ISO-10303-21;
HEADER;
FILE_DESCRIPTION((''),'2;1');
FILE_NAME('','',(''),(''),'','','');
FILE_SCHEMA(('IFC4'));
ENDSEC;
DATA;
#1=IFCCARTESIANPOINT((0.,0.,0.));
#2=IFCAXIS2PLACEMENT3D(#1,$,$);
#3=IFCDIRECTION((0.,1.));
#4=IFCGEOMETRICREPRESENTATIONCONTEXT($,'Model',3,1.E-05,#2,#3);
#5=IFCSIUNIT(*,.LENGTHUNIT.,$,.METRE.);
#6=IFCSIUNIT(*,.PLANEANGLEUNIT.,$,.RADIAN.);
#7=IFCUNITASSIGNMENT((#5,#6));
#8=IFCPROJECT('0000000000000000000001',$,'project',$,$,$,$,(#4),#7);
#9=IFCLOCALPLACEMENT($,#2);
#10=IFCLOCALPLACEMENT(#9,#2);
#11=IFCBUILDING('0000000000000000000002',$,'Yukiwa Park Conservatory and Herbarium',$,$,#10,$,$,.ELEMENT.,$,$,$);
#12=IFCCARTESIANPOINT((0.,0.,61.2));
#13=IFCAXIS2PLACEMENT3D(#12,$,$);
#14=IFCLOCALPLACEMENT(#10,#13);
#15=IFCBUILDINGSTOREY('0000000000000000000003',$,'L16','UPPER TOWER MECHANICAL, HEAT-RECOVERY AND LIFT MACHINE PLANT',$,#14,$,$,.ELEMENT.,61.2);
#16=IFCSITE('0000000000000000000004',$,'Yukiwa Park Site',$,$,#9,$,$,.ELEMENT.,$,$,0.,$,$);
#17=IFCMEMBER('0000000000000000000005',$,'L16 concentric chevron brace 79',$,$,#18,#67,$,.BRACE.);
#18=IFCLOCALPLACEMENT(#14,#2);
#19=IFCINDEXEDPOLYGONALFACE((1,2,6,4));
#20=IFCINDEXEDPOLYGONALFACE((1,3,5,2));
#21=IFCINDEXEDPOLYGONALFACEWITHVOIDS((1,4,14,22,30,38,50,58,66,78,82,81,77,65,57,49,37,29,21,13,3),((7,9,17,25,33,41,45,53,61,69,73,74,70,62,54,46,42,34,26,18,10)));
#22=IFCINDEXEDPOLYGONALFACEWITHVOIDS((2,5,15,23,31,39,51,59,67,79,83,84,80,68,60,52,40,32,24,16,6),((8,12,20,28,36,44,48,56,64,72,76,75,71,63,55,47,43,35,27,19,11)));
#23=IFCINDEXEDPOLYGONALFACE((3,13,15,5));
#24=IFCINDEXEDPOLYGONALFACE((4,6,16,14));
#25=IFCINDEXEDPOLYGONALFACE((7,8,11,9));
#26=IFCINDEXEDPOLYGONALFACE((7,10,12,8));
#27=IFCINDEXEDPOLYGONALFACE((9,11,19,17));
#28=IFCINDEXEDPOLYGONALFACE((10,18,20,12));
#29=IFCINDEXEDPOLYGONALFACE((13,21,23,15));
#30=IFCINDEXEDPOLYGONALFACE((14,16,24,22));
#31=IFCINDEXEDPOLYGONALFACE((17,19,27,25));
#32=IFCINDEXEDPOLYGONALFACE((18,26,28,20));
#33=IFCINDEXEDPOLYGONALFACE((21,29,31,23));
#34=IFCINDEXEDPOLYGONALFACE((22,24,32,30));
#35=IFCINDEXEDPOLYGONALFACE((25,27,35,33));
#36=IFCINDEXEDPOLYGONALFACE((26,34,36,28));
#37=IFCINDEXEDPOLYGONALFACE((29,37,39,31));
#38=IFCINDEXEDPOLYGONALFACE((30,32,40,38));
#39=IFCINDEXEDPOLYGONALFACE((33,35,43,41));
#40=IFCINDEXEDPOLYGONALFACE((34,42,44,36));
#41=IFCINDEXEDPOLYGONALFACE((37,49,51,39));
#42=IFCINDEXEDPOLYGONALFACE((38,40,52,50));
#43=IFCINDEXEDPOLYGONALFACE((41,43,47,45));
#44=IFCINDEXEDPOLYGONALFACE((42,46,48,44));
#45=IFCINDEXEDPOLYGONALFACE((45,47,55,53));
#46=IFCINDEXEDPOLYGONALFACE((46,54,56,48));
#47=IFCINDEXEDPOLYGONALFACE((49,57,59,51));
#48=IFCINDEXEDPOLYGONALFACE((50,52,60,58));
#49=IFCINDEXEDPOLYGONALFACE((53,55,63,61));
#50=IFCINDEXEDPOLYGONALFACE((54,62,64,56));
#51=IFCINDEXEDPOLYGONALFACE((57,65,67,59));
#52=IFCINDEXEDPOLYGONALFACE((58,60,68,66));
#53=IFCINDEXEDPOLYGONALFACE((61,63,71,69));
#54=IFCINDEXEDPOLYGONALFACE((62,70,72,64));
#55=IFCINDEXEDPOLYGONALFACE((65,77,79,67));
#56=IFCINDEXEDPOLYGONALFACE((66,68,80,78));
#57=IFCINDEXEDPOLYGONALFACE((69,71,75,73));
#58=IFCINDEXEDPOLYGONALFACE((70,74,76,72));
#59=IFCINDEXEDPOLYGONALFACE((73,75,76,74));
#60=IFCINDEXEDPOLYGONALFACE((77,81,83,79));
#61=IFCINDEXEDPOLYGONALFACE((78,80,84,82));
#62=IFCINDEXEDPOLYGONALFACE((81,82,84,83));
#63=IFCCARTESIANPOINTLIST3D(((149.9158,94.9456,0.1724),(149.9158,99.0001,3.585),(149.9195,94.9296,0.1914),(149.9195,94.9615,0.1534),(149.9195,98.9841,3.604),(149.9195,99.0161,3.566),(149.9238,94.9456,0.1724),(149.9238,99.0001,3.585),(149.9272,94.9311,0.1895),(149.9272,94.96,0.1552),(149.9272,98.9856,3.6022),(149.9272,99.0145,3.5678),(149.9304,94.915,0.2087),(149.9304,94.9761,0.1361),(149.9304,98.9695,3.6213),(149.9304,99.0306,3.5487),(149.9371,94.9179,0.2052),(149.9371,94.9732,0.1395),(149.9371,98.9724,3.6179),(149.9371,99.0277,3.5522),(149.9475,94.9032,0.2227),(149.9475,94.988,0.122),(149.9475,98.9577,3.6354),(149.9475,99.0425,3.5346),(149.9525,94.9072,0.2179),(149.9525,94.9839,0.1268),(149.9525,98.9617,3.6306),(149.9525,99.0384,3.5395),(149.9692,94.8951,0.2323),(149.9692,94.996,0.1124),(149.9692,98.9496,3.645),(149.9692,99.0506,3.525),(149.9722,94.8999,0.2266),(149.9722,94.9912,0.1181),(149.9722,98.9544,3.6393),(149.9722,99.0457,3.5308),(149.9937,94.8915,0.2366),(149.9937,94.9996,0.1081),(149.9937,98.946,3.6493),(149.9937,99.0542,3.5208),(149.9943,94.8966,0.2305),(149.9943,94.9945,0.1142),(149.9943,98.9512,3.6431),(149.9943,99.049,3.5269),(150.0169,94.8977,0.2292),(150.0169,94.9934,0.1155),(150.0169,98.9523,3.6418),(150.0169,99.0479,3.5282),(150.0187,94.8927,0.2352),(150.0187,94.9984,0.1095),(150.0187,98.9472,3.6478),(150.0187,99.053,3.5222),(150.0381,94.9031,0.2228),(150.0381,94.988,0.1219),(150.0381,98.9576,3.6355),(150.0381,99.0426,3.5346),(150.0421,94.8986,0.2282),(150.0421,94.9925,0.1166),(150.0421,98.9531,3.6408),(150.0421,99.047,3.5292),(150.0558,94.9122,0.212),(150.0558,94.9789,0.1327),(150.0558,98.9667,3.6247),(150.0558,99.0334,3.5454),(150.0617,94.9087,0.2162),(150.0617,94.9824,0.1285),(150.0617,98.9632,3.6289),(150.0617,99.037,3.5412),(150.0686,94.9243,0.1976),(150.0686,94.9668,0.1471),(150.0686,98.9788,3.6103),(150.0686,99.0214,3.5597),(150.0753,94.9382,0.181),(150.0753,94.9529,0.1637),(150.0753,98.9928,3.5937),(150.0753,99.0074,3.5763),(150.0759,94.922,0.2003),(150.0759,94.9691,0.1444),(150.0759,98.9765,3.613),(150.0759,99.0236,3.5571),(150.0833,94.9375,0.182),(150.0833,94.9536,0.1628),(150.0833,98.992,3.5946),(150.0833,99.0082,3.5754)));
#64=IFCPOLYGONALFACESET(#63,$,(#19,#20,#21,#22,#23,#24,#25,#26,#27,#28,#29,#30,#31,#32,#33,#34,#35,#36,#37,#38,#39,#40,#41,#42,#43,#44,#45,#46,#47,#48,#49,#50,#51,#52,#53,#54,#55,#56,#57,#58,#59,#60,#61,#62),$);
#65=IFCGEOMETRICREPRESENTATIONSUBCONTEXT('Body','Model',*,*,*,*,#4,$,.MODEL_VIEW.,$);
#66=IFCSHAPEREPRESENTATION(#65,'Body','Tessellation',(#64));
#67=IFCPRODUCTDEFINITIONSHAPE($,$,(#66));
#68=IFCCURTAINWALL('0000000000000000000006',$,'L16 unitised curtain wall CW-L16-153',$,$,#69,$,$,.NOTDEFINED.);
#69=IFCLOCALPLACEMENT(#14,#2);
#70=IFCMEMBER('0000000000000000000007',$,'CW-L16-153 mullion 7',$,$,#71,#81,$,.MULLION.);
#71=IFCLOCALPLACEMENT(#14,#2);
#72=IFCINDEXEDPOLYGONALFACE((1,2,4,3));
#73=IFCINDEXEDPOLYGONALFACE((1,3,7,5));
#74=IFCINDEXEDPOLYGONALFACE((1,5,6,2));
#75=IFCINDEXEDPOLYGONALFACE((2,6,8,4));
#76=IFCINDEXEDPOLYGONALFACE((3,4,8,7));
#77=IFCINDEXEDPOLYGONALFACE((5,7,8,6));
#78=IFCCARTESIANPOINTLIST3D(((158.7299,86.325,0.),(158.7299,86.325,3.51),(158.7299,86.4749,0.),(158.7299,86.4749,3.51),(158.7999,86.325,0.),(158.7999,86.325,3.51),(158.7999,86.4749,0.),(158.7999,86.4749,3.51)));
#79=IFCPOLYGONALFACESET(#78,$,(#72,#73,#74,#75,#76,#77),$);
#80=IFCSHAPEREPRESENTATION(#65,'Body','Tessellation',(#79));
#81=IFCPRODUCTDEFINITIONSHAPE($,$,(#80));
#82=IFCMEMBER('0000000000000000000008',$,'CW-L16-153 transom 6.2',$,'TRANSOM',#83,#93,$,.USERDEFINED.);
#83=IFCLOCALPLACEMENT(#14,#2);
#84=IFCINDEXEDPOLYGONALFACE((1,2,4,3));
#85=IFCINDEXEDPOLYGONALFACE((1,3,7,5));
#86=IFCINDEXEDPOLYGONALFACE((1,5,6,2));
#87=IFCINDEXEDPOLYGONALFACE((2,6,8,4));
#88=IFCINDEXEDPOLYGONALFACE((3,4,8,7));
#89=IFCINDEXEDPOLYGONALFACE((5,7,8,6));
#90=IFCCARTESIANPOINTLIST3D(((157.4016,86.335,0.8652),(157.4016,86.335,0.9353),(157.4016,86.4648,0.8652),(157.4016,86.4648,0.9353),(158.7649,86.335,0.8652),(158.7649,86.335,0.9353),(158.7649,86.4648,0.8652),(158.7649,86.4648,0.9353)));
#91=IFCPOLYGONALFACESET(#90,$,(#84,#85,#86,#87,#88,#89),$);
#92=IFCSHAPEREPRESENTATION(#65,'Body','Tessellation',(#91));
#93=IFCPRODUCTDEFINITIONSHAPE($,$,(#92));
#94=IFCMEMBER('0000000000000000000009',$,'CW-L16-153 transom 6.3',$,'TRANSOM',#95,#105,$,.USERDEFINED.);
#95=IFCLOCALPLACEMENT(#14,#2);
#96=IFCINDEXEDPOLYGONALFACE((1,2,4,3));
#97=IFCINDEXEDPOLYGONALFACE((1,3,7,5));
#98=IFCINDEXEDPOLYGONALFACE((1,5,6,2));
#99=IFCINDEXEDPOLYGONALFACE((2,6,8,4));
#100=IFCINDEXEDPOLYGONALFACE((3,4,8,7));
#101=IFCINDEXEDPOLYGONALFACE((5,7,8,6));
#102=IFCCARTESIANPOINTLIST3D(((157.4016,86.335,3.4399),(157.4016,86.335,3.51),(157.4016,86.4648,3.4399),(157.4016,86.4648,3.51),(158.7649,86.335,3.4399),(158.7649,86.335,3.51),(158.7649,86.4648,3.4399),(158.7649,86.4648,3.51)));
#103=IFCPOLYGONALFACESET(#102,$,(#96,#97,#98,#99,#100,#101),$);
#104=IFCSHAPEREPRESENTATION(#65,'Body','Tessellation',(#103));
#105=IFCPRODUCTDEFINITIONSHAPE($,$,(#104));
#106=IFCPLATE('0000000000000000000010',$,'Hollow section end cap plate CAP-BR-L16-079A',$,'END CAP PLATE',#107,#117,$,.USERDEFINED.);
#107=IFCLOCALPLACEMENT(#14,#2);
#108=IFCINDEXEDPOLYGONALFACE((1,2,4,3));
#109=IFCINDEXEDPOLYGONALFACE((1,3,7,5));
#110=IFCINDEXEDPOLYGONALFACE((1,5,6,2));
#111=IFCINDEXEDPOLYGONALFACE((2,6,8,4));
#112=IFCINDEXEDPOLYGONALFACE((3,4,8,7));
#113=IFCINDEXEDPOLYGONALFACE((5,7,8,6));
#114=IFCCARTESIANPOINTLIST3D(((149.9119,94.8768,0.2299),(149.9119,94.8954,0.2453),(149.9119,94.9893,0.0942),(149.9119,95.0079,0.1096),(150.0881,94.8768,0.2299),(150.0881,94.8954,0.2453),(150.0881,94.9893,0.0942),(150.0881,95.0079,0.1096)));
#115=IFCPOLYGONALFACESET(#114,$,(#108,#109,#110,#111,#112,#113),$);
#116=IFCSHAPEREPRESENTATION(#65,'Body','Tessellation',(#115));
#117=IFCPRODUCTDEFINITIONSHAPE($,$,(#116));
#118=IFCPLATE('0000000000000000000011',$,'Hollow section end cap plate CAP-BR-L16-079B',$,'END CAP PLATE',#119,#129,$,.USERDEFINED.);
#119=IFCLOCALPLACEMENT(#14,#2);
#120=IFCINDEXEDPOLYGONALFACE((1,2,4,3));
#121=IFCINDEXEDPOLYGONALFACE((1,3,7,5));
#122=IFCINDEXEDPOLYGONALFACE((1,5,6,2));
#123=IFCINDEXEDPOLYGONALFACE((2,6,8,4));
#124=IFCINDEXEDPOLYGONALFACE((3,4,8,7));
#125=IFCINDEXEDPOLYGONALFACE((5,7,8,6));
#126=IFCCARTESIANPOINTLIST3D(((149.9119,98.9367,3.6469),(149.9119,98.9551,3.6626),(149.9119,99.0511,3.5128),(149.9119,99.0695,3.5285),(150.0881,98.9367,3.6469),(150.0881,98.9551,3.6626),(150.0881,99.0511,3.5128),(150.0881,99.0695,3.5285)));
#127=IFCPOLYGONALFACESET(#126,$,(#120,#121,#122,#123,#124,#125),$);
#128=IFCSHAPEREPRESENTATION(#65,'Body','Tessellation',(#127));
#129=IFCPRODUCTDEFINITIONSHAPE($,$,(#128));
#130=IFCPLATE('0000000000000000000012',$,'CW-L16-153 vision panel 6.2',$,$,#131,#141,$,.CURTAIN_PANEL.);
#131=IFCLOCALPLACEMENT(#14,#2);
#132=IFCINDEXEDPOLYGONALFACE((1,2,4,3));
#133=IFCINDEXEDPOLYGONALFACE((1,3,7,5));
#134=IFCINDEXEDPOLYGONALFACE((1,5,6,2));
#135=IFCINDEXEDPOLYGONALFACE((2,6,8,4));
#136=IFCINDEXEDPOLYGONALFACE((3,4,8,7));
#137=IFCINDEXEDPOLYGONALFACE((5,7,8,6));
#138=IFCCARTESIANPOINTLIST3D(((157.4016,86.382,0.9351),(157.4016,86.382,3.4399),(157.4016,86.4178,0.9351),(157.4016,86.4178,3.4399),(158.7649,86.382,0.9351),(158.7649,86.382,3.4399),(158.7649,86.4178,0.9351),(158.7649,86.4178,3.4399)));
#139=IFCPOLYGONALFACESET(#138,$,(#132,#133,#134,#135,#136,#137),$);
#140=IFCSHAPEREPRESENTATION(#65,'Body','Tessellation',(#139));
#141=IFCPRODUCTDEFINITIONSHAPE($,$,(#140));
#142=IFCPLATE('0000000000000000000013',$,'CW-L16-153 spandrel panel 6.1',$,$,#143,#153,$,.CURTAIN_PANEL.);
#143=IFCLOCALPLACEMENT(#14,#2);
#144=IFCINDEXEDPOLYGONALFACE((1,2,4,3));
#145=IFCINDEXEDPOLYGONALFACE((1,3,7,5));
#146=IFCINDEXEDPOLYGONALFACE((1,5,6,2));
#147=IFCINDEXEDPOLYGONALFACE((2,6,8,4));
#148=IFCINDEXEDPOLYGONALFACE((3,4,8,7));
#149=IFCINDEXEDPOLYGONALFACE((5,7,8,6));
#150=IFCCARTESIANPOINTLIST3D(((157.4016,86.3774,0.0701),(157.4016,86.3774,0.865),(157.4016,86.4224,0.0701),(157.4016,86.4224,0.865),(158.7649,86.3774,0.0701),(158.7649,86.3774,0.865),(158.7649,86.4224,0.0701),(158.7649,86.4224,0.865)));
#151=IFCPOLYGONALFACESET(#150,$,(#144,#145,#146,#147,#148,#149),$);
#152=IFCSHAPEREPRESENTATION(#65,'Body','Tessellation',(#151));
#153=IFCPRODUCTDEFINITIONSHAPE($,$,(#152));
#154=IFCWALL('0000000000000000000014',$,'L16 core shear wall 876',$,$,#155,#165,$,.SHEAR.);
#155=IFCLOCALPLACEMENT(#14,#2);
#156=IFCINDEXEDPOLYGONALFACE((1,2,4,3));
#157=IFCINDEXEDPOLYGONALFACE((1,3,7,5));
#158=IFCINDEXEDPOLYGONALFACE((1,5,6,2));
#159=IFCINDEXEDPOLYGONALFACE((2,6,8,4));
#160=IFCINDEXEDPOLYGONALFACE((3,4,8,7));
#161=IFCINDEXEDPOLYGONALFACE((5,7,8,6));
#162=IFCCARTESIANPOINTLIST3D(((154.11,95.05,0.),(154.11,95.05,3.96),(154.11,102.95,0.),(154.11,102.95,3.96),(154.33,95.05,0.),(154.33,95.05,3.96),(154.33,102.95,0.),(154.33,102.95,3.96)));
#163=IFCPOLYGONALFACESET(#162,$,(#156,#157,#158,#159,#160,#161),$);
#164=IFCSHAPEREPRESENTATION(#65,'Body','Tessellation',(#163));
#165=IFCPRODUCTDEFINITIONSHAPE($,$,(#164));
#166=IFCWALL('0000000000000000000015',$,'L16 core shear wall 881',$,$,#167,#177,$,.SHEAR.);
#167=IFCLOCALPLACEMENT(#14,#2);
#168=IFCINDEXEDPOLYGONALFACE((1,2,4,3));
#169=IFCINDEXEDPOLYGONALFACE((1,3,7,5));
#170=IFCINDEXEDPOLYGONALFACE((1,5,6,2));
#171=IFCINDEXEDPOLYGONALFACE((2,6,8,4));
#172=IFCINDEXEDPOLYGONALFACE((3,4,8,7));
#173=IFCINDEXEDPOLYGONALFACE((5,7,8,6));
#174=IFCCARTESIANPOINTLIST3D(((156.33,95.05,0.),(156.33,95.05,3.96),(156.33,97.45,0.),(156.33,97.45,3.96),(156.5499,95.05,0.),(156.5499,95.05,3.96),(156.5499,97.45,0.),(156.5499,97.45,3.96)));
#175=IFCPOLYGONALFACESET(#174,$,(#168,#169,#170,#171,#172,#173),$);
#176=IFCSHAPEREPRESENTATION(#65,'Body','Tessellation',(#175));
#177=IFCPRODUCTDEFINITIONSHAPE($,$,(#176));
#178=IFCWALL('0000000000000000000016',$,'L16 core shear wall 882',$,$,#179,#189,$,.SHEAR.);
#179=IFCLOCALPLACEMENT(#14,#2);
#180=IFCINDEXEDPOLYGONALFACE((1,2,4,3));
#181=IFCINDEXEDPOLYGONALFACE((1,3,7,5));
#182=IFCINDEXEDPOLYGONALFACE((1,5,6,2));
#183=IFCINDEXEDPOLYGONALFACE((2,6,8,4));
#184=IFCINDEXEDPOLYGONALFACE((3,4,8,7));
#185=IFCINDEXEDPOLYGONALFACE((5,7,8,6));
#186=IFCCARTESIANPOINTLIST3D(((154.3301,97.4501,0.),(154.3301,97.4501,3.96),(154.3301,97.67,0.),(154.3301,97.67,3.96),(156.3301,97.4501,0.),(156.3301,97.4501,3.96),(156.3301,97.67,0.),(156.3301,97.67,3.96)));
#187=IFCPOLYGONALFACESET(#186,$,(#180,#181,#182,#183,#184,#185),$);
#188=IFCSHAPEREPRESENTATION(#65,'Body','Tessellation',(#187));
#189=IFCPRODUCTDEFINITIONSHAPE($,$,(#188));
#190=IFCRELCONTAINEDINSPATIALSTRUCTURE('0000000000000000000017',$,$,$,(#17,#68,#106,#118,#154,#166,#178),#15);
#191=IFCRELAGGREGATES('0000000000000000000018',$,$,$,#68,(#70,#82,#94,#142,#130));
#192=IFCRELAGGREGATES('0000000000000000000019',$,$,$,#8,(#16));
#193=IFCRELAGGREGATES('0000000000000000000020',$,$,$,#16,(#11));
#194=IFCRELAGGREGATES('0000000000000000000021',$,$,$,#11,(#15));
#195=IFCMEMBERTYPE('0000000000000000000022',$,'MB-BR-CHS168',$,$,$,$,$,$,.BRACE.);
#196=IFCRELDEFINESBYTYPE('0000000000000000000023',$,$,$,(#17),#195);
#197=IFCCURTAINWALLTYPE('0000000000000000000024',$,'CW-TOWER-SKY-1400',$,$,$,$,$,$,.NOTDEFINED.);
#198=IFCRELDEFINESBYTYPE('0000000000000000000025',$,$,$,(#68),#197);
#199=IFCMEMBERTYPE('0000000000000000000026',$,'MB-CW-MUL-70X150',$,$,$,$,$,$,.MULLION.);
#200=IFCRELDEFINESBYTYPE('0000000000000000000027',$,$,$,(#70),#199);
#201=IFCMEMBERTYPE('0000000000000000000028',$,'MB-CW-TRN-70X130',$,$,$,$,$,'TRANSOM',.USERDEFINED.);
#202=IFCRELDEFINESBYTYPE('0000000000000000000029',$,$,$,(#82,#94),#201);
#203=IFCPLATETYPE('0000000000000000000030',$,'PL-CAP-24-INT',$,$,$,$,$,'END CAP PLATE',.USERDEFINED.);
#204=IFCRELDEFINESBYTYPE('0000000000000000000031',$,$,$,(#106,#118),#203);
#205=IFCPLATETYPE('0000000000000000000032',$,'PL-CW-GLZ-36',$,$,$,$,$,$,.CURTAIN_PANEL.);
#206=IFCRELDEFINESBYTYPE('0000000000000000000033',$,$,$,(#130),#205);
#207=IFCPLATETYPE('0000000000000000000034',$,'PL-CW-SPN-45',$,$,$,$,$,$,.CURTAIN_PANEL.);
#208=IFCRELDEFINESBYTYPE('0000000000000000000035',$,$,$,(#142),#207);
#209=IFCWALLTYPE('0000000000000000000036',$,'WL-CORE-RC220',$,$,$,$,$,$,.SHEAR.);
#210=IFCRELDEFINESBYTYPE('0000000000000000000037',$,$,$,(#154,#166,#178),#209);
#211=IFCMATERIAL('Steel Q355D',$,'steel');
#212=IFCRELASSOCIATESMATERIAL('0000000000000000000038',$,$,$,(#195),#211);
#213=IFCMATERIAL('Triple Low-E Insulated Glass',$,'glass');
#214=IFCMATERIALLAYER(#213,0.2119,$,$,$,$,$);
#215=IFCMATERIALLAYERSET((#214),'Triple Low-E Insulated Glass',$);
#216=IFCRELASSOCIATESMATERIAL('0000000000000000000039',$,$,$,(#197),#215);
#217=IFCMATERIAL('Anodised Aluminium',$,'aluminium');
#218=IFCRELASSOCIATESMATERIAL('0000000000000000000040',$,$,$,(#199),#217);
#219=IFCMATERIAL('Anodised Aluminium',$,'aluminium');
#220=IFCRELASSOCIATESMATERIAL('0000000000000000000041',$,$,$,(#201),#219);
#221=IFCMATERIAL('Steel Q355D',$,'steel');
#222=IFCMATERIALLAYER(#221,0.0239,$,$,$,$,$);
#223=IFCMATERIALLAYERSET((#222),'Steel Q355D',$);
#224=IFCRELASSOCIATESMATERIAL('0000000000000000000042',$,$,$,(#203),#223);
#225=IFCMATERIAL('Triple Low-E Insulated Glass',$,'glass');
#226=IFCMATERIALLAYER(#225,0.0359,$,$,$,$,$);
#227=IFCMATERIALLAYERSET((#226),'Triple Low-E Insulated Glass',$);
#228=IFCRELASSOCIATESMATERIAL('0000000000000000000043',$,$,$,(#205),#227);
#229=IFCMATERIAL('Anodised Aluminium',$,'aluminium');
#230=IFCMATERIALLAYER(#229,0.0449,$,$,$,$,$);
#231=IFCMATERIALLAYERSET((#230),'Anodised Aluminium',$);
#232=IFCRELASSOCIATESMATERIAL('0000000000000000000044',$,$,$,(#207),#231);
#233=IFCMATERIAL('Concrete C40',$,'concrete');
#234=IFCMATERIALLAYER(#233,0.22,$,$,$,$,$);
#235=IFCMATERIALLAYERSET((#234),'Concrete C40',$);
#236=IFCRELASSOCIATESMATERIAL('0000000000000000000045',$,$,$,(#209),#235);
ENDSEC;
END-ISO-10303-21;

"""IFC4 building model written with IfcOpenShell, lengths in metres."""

from ifc_helpers import new_model, si_unit, direction, frame, frame_2d, origin, origin_2d, place, context, subcontext, project, spatial, rectangle, hollow_circle, extrude, material, layer, layer_set, material_profile, profile_set, type_object, element, aggregate, save


model = new_model("IFC4")

# Units and contexts
model_context = context("Model", 3, precision=1e-05, world=origin(), true_north=direction((0.0, 1.0)))
body_context = subcontext(model_context, "Body", "Model", "MODEL_VIEW")
ifc_project = project(units=[si_unit("LENGTHUNIT", "METRE"), si_unit("PLANEANGLEUNIT", "RADIAN")], contexts=[model_context])

# Site, building, storey
site_placement = place(None, origin())
site = spatial("IfcSite", under=ifc_project, at=site_placement, Name="Yukiwa Park Site", CompositionType="ELEMENT", RefElevation=0.0)
building_placement = place(site_placement, origin())
building = spatial("IfcBuilding", under=site, at=building_placement, Name="Yukiwa Park Conservatory and Herbarium", CompositionType="ELEMENT")
storey_placement = place(building_placement, frame((0.0, 0.0, 61.2)))
storey = spatial("IfcBuildingStorey", under=building, at=storey_placement, Name="L16", Description="UPPER TOWER MECHANICAL, HEAT-RECOVERY AND LIFT MACHINE PLANT", CompositionType="ELEMENT", Elevation=61.2)

# Member
ifc_material_1 = material(Name="Steel Q355D", Category="steel")
ifc_material_profile_1 = material_profile(ifc_material_1, hollow_circle(Radius=0.0842, WallThickness=0.0081, at=origin_2d()), Name="CHS 168.3x8")
ifc_profile_set_1 = profile_set([ifc_material_profile_1], Name="Steel Q355D")
member_type_1 = type_object("IfcMemberType", Name="MB-BR-CHS168", PredefinedType="BRACE", material=ifc_profile_set_1)
member_1_placement = place(storey_placement, frame((150.0, 94.9456, 0.1724), z_axis=(0.0, 0.765066, 0.643951), x_axis=(-1.0, 0.0, 0.0)))
element("IfcMember", 1, at=member_1_placement, inside=storey, type_object=member_type_1, Name="L16 concentric chevron brace 79", PredefinedType="BRACE", context=body_context, shape_type="SweptSolid", body=[
    extrude(hollow_circle(Radius=0.0842, WallThickness=0.0081, at=origin_2d()), origin(), (0.0, 0.0, 1.0), 5.2996),
])

# Curtain wall, members
ifc_material_2 = material(Name="Triple Low-E Insulated Glass", Category="glass")
ifc_layer_1 = layer(ifc_material_2, 0.2119)
ifc_layer_set_1 = layer_set([ifc_layer_1], Name="Triple Low-E Insulated Glass")
curtain_wall_type = type_object("IfcCurtainWallType", Name="CW-TOWER-SKY-1400", PredefinedType="NOTDEFINED", material=ifc_layer_set_1)
curtain_wall_placement = place(storey_placement, origin())
curtain_wall = element("IfcCurtainWall", 2, at=curtain_wall_placement, inside=storey, type_object=curtain_wall_type, Name="L16 unitised curtain wall CW-L16-153", PredefinedType="NOTDEFINED")
ifc_material_3 = material(Name="Anodised Aluminium", Category="aluminium")
member_type_2 = type_object("IfcMemberType", Name="MB-CW-MUL-70X150", PredefinedType="MULLION", material=ifc_material_3)
member_2_placement = place(storey_placement, frame((158.7649, 86.3999, 0.0), z_axis=(0.0, 0.0, 1.0), x_axis=(1.0, 0.0, 0.0)))
member_2 = element("IfcMember", 3, at=member_2_placement, type_object=member_type_2, Name="CW-L16-153 mullion 7", PredefinedType="MULLION", context=body_context, shape_type="SweptSolid", body=[
    extrude(rectangle(XDim=0.0701, YDim=0.1499, at=origin_2d()), origin(), (0.0, 0.0, 1.0), 3.51),
])
ifc_material_4 = material(Name="Anodised Aluminium", Category="aluminium")
member_type_3 = type_object("IfcMemberType", Name="MB-CW-TRN-70X130", ElementType="TRANSOM", PredefinedType="USERDEFINED", material=ifc_material_4)
member_3_placement = place(storey_placement, frame((158.0833, 86.3999, 0.8652), z_axis=(0.0, 0.0, 1.0), x_axis=(1.0, 0.0, 0.0)))
member_3 = element("IfcMember", 4, at=member_3_placement, type_object=member_type_3, Name="CW-L16-153 transom 6.2", ObjectType="TRANSOM", PredefinedType="USERDEFINED", context=body_context, shape_type="SweptSolid", body=[
    extrude(rectangle(XDim=1.3633, YDim=0.1299, at=origin_2d()), origin(), (0.0, 0.0, 1.0), 0.0701),
])
member_4_placement = place(storey_placement, frame((158.0833, 86.3999, 3.4399), z_axis=(0.0, 0.0, 1.0), x_axis=(1.0, 0.0, 0.0)))
member_4 = element("IfcMember", 5, at=member_4_placement, type_object=member_type_3, Name="CW-L16-153 transom 6.3", ObjectType="TRANSOM", PredefinedType="USERDEFINED", context=body_context, shape_type="SweptSolid", body=[
    extrude(rectangle(XDim=1.3633, YDim=0.1299, at=origin_2d()), origin(), (0.0, 0.0, 1.0), 0.0701),
])

# Plates
ifc_material_5 = material(Name="Steel Q355D", Category="steel")
ifc_layer_2 = layer(ifc_material_5, 0.0239)
ifc_layer_set_2 = layer_set([ifc_layer_2], Name="Steel Q355D")
plate_type_1 = type_object("IfcPlateType", Name="PL-CAP-24-INT", ElementType="END CAP PLATE", PredefinedType="USERDEFINED", material=ifc_layer_set_2)
for number, where, z_axis, x_axis, name in (
    (6, (150.0, 94.9517, 0.1775), (0.0, -0.769879, -0.638189), (1.0, 0.0, 0.0), "Hollow section end cap plate CAP-BR-L16-079A"),
    (7, (150.0, 98.9939, 3.5798), (0.0, 0.760687, 0.649119), (-1.0, 0.0, 0.0), "Hollow section end cap plate CAP-BR-L16-079B"),
):
    element("IfcPlate", number, at=place(storey_placement, frame(where, z_axis=z_axis, x_axis=x_axis)), inside=storey, type_object=plate_type_1, Name=name, ObjectType="END CAP PLATE", PredefinedType="USERDEFINED", context=body_context, shape_type="SweptSolid", body=[
        extrude(rectangle(XDim=0.1763, YDim=0.1763, at=origin_2d()), origin(), (0.0, 0.0, 1.0), 0.0242),
    ])

# Plates
ifc_material_6 = material(Name="Triple Low-E Insulated Glass", Category="glass")
ifc_layer_3 = layer(ifc_material_6, 0.0359)
ifc_layer_set_3 = layer_set([ifc_layer_3], Name="Triple Low-E Insulated Glass")
plate_type_2 = type_object("IfcPlateType", Name="PL-CW-GLZ-36", PredefinedType="CURTAIN_PANEL", material=ifc_layer_set_3)
plate_1_placement = place(storey_placement, frame((158.0833, 86.3999, 0.9351), z_axis=(0.0, 0.0, 1.0), x_axis=(1.0, 0.0, 0.0)))
plate_1 = element("IfcPlate", 8, at=plate_1_placement, type_object=plate_type_2, Name="CW-L16-153 vision panel 6.2", PredefinedType="CURTAIN_PANEL", context=body_context, shape_type="SweptSolid", body=[
    extrude(rectangle(XDim=1.3633, YDim=0.0359, at=origin_2d()), origin(), (0.0, 0.0, 1.0), 2.5049),
])
ifc_material_7 = material(Name="Anodised Aluminium", Category="aluminium")
ifc_layer_4 = layer(ifc_material_7, 0.0449)
ifc_layer_set_4 = layer_set([ifc_layer_4], Name="Anodised Aluminium")
plate_type_3 = type_object("IfcPlateType", Name="PL-CW-SPN-45", PredefinedType="CURTAIN_PANEL", material=ifc_layer_set_4)
plate_2_placement = place(storey_placement, frame((158.0833, 86.3999, 0.0701), z_axis=(0.0, 0.0, 1.0), x_axis=(1.0, 0.0, 0.0)))
plate_2 = element("IfcPlate", 9, at=plate_2_placement, type_object=plate_type_3, Name="CW-L16-153 spandrel panel 6.1", PredefinedType="CURTAIN_PANEL", context=body_context, shape_type="SweptSolid", body=[
    extrude(rectangle(XDim=1.3633, YDim=0.0449, at=origin_2d()), origin(), (0.0, 0.0, 1.0), 0.7949),
])
aggregate(curtain_wall, [member_2, member_3, member_4, plate_2, plate_1])

# Walls
ifc_material_8 = material(Name="Concrete C40", Category="concrete")
ifc_layer_5 = layer(ifc_material_8, 0.22)
ifc_layer_set_5 = layer_set([ifc_layer_5], Name="Concrete C40")
wall_type_1 = type_object("IfcWallType", Name="WL-CORE-RC220", PredefinedType="SHEAR", material=ifc_layer_set_5)
wall_1_placement = place(storey_placement, frame((154.22, 95.05, 0.0), z_axis=(0.0, 0.0, 1.0), x_axis=(0.0, 1.0, 0.0)))
element("IfcWall", 10, at=wall_1_placement, inside=storey, type_object=wall_type_1, Name="L16 core shear wall 876", PredefinedType="SHEAR", context=body_context, shape_type="SweptSolid", body=[
    extrude(rectangle(XDim=7.8999, YDim=0.22, at=frame_2d((3.95, 0.0))), origin(), (0.0, 0.0, 1.0), 3.96),
])
wall_2_placement = place(storey_placement, frame((156.4399, 95.05, 0.0), z_axis=(0.0, 0.0, 1.0), x_axis=(0.0, 1.0, 0.0)))
element("IfcWall", 11, at=wall_2_placement, inside=storey, type_object=wall_type_1, Name="L16 core shear wall 881", PredefinedType="SHEAR", context=body_context, shape_type="SweptSolid", body=[
    extrude(rectangle(XDim=2.3999, YDim=0.22, at=frame_2d((1.2, 0.0))), origin(), (0.0, 0.0, 1.0), 3.96),
])
for number, where, z_axis, x_axis, name in (
    (12, (154.3301, 97.5601, 0.0), (0.0, 0.0, 1.0), (1.0, 0.0, 0.0), "L16 core shear wall 882"),
):
    element("IfcWall", number, at=place(storey_placement, frame(where, z_axis=z_axis, x_axis=x_axis)), inside=storey, type_object=wall_type_1, Name=name, PredefinedType="SHEAR", context=body_context, shape_type="SweptSolid", body=[
        extrude(rectangle(XDim=2.0, YDim=0.22, at=frame_2d((1.0, 0.0))), origin(), (0.0, 0.0, 1.0), 3.96),
    ])

save(model, "model.ifc")
